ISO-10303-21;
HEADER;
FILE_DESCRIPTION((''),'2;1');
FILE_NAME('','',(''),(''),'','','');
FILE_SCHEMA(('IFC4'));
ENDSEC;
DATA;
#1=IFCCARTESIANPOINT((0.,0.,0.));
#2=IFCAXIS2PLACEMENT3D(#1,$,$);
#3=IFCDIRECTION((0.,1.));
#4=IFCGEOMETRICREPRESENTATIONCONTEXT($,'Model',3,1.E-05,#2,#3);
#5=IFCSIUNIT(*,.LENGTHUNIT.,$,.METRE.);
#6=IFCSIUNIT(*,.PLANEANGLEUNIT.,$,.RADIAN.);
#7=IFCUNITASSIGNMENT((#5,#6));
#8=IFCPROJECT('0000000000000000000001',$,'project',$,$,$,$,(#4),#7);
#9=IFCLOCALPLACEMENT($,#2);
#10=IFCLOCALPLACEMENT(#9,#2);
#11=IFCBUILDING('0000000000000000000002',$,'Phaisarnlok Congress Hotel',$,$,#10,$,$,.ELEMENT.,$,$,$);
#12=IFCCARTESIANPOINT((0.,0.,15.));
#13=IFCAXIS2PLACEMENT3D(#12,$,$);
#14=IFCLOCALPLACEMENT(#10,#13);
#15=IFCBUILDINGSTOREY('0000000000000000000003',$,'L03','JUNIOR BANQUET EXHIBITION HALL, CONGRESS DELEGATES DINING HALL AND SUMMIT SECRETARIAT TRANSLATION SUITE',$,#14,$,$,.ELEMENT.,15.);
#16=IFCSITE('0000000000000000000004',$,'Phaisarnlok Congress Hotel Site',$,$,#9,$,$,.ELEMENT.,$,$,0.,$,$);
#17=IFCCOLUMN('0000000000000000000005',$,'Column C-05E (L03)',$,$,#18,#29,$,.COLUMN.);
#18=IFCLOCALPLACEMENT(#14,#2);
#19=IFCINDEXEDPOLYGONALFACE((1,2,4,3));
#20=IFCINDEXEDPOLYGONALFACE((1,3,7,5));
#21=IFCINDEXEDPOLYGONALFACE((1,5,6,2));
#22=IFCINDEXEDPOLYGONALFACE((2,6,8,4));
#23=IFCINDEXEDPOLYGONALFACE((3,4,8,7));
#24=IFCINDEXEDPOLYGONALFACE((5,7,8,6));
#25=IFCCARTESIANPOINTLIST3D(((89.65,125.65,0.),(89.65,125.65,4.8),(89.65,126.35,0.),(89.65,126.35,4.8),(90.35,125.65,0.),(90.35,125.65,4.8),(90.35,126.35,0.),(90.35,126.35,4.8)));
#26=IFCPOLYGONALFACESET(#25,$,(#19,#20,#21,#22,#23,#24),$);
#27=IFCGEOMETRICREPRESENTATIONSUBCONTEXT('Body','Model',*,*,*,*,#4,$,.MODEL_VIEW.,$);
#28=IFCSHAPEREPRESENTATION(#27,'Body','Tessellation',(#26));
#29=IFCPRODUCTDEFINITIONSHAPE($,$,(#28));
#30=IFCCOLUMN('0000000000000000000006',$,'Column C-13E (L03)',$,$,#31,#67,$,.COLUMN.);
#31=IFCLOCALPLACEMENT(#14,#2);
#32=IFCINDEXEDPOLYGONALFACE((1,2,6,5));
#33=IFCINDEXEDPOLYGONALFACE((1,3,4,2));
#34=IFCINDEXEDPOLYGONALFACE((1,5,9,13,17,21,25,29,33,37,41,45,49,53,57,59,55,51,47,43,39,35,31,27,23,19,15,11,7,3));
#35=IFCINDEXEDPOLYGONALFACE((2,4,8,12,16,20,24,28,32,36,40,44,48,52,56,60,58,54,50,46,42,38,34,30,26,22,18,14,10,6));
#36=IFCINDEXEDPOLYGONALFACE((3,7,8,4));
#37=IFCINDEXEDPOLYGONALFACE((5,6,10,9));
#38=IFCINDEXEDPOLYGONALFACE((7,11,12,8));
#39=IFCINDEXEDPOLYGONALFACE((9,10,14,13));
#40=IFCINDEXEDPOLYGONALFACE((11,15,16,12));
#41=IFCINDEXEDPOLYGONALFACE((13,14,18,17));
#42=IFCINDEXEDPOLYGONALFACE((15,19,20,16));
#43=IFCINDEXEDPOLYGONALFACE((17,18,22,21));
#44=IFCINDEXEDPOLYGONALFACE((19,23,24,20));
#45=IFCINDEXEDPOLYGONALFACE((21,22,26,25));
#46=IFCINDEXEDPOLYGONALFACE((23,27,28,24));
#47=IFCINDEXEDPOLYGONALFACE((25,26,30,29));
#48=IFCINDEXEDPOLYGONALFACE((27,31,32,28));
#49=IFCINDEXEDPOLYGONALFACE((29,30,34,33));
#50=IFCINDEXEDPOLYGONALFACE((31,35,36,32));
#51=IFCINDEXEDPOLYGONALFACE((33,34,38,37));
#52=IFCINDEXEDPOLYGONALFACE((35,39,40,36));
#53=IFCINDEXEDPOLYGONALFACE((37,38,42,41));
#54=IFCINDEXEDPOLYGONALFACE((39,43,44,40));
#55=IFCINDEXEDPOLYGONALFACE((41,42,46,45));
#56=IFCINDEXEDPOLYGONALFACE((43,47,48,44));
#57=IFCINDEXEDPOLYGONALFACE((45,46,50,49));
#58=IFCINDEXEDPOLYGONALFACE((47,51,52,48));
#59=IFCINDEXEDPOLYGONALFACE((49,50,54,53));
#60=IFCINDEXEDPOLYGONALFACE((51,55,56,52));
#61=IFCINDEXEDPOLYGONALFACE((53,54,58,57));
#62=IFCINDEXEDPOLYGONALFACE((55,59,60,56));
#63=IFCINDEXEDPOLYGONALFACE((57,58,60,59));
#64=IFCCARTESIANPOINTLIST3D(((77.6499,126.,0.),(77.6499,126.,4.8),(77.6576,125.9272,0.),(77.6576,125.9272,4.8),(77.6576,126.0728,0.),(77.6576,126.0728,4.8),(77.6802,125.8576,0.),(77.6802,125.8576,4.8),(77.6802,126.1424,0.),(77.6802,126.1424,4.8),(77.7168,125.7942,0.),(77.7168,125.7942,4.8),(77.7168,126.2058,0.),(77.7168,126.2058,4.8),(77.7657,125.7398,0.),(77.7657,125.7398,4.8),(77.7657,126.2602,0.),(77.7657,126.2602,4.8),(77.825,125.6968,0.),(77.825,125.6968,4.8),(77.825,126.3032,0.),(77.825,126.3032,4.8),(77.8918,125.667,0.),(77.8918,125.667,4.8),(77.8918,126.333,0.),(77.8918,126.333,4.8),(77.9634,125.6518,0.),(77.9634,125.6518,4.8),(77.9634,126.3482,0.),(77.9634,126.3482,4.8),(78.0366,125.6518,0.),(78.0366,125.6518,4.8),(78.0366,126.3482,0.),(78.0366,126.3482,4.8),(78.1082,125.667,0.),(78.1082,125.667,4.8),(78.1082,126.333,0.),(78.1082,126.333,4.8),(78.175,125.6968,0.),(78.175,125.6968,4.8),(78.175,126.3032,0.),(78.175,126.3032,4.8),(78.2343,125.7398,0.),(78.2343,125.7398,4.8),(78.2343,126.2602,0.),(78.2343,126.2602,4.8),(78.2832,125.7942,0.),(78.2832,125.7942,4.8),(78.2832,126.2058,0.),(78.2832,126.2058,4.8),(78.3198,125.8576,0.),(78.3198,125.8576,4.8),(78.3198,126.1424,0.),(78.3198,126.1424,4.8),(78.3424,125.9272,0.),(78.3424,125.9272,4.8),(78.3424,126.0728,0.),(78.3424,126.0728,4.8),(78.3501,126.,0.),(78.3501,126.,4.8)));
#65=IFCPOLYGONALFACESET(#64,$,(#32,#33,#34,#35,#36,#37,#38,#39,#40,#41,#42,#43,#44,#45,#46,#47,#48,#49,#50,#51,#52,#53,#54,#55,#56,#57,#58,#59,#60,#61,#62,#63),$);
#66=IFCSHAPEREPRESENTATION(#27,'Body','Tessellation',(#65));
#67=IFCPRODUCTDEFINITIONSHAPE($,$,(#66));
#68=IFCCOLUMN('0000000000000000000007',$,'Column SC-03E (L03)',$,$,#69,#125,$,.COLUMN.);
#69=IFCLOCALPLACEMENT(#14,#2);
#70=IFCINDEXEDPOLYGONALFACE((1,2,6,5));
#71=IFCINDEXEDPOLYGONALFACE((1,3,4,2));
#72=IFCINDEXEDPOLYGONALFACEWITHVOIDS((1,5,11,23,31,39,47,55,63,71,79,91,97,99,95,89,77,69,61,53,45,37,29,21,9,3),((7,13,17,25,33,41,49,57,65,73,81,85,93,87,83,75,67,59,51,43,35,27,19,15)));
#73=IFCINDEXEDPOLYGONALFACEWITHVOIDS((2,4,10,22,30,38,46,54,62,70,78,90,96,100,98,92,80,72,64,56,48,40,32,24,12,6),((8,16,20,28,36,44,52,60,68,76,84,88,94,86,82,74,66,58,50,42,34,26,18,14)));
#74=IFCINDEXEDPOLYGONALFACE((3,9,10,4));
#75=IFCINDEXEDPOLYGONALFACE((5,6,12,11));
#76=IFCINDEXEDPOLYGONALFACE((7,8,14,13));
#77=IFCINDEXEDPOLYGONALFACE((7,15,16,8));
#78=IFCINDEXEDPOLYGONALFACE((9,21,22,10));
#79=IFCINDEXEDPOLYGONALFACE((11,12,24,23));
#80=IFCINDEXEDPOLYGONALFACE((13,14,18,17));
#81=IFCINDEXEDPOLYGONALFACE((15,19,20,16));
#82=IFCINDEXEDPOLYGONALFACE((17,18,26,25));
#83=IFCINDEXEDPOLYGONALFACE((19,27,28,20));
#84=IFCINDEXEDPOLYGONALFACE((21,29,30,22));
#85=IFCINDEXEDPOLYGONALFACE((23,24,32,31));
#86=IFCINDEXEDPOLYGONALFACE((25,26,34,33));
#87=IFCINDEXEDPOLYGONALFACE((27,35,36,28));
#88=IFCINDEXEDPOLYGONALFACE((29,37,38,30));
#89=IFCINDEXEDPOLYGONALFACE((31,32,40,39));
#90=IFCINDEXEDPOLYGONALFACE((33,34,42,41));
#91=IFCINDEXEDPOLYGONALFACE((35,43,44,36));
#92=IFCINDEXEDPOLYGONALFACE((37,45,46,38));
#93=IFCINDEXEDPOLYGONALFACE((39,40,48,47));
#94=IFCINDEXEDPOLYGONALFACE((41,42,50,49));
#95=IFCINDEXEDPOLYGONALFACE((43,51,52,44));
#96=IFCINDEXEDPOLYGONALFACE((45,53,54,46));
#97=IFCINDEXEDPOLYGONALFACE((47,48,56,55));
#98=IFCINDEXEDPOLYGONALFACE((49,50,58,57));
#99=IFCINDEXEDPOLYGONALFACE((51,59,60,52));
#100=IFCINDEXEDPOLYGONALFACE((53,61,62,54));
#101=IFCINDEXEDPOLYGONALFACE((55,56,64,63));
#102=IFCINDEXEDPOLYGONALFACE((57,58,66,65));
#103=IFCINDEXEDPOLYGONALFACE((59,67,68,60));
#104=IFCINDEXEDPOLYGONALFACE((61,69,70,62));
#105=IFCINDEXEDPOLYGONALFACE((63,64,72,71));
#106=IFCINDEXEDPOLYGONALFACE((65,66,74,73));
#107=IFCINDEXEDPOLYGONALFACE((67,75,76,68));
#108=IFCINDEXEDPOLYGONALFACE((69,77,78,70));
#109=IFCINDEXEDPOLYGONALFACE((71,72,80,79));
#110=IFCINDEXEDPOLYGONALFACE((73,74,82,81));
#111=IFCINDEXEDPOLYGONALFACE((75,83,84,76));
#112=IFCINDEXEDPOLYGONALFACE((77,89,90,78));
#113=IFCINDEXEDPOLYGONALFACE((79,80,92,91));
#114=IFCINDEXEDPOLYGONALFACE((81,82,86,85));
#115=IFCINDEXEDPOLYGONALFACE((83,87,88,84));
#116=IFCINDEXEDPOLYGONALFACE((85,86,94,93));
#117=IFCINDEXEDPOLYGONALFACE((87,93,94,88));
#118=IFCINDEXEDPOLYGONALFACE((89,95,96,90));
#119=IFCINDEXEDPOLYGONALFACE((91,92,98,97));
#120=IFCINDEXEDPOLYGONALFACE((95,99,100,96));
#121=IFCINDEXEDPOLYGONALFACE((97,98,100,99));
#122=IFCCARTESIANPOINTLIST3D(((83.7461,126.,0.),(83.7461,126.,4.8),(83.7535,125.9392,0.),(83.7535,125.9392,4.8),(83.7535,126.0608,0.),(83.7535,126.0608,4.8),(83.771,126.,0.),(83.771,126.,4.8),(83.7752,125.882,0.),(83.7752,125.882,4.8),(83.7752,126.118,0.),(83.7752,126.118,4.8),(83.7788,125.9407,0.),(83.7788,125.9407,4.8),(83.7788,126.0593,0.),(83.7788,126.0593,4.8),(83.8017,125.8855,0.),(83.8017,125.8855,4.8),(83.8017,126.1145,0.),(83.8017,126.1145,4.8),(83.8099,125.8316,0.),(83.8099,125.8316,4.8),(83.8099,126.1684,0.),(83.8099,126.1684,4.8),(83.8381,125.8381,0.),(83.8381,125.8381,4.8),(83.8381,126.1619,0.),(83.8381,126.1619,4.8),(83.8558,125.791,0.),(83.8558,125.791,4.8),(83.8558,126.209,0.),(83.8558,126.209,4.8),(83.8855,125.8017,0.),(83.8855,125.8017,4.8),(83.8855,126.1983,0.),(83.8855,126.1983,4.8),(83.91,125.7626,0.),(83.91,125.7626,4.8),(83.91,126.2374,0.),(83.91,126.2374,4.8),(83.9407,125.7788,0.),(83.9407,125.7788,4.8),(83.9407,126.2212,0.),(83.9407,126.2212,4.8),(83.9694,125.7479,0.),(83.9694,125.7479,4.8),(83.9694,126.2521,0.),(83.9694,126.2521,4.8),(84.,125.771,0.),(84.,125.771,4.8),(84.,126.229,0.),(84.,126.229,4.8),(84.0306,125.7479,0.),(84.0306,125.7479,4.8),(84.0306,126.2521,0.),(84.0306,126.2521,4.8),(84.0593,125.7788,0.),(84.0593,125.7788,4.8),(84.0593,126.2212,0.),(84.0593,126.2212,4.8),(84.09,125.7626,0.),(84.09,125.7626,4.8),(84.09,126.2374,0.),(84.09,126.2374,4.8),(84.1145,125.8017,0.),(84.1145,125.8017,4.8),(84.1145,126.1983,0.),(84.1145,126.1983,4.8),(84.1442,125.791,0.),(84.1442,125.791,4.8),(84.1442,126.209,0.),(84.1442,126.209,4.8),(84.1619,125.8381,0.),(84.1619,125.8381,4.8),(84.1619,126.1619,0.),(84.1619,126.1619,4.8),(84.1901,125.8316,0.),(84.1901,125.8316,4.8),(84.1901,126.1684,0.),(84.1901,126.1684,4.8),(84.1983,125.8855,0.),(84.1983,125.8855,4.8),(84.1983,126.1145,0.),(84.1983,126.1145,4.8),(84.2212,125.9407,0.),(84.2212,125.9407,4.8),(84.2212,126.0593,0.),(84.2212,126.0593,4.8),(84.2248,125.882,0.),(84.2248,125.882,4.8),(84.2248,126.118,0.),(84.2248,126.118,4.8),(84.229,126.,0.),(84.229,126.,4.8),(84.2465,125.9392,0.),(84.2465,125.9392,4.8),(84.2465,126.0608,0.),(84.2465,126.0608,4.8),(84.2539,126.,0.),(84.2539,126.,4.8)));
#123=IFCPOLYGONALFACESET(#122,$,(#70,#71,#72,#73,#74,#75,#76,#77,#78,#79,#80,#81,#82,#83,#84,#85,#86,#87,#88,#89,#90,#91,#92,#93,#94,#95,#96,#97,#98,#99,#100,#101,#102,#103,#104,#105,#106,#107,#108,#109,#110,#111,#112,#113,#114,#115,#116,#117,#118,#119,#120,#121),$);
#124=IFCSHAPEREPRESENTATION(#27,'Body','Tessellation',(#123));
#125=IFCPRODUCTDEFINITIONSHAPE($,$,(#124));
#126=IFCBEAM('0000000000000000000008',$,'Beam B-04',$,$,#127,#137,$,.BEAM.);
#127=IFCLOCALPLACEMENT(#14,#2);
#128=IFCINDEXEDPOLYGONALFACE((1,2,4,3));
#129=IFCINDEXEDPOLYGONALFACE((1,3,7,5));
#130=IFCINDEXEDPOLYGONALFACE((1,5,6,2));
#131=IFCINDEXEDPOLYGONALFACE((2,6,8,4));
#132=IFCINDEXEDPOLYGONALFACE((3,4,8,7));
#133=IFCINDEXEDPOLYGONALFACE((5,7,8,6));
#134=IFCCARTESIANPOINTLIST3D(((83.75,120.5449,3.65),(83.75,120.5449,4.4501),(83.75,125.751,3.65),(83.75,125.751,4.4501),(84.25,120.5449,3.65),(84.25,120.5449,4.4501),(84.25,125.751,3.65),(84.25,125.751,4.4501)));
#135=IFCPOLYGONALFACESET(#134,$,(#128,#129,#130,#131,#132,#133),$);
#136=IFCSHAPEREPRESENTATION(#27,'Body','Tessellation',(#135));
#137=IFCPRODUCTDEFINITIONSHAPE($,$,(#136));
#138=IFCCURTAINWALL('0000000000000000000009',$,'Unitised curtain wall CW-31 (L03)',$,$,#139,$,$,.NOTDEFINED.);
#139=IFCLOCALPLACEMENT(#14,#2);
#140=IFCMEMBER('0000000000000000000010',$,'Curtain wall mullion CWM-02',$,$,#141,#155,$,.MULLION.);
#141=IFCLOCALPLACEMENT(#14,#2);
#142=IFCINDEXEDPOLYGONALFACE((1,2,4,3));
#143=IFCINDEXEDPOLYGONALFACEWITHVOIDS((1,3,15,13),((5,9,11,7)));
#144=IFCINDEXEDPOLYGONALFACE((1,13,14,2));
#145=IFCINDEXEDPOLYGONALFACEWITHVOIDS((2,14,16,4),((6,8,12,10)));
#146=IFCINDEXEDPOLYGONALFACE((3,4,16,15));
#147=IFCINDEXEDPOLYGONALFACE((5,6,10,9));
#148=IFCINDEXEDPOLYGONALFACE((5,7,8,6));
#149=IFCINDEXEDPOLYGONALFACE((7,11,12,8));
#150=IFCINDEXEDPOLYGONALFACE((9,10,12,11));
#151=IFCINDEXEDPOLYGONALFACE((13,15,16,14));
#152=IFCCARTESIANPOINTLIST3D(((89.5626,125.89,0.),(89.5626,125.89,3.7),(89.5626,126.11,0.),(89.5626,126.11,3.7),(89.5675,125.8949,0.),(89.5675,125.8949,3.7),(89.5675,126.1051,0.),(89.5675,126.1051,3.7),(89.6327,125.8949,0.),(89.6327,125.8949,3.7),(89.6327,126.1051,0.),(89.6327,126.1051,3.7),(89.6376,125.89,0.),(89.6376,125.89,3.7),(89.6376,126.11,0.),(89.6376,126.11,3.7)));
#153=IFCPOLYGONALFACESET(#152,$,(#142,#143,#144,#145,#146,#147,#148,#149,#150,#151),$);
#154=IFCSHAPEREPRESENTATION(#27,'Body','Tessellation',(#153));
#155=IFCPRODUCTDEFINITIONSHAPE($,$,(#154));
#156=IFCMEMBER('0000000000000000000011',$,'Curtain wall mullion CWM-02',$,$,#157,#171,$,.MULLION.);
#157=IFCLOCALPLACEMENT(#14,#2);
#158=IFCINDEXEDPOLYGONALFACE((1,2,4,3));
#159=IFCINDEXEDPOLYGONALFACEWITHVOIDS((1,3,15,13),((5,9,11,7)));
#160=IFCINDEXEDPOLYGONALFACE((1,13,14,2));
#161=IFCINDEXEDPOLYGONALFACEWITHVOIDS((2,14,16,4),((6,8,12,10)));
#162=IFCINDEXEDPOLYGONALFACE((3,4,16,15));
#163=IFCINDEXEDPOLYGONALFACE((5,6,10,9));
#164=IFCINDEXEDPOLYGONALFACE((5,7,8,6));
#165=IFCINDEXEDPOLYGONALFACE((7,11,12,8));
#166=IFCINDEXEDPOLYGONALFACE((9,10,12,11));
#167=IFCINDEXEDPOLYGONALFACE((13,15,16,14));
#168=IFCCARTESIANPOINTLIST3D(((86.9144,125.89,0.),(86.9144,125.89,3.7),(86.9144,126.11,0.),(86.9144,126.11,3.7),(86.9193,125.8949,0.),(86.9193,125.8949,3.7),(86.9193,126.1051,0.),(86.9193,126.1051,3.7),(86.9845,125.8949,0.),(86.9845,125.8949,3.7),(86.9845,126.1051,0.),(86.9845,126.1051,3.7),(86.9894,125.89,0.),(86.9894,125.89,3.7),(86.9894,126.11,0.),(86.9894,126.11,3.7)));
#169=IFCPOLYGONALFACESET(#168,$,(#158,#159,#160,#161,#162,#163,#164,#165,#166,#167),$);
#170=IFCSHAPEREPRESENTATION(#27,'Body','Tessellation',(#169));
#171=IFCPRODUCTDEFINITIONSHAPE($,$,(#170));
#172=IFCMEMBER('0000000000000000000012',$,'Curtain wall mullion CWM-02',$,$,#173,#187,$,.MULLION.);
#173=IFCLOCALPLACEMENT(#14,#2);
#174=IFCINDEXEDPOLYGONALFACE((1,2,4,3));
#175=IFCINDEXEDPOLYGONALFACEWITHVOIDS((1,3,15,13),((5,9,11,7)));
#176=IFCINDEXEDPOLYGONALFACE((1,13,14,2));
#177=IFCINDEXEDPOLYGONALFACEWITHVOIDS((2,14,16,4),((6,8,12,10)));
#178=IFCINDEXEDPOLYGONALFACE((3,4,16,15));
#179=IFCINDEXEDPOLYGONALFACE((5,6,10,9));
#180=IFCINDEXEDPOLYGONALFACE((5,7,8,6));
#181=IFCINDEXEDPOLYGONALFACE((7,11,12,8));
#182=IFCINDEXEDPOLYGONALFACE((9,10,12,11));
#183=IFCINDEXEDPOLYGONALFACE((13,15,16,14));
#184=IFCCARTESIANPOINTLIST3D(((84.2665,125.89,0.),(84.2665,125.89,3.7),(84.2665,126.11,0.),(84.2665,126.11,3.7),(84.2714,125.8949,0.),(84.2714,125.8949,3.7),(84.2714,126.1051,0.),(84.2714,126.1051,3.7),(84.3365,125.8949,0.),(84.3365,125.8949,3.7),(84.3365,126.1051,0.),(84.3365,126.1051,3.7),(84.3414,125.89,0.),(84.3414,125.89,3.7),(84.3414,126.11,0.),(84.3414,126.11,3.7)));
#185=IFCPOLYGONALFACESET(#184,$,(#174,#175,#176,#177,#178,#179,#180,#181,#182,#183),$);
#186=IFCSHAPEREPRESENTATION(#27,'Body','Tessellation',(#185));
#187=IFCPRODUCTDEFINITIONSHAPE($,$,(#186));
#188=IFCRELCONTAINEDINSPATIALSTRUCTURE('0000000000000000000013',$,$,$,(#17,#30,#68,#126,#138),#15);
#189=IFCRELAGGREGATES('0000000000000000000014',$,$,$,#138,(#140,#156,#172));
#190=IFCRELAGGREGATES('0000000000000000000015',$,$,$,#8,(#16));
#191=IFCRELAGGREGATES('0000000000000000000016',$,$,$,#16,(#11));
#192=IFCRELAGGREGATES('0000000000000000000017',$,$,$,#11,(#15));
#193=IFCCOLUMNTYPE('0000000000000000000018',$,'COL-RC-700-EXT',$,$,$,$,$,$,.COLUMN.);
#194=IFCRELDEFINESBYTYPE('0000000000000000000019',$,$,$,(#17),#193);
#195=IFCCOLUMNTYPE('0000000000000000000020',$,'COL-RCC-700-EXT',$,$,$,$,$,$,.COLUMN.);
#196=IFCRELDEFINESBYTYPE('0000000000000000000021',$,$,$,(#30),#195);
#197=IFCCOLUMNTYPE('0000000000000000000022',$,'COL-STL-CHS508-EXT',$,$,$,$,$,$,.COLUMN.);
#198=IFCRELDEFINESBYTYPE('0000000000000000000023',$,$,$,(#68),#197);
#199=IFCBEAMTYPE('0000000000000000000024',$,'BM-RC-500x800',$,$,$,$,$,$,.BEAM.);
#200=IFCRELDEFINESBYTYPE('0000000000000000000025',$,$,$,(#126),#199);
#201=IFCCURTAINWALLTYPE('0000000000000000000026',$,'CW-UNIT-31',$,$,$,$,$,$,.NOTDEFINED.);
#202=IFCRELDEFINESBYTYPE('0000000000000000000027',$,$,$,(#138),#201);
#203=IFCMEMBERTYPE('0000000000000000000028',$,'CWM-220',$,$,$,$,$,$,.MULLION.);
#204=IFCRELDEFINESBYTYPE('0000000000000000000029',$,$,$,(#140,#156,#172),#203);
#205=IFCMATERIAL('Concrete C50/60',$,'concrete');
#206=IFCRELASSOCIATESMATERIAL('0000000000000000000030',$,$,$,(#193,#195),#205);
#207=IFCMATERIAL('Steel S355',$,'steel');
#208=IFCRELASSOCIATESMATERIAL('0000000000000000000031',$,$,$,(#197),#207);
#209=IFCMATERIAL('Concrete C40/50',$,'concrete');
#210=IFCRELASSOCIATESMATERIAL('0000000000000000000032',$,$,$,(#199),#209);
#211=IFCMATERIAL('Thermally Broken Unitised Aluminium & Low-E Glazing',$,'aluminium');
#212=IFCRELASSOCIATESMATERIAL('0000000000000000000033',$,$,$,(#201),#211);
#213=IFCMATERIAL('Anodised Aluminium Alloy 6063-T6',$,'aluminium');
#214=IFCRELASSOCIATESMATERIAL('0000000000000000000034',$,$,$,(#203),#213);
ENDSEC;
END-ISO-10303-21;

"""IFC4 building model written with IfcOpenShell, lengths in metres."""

from ifc_helpers import new_model, si_unit, direction, frame, origin, origin_2d, place, context, subcontext, project, spatial, rectangle, hollow_rectangle, circle, hollow_circle, extrude, material, material_profile, profile_set, type_object, element, aggregate, save


model = new_model("IFC4")

# Units and contexts
model_context = context("Model", 3, precision=1e-05, world=origin(), true_north=direction((0.0, 1.0)))
body_context = subcontext(model_context, "Body", "Model", "MODEL_VIEW")
ifc_project = project(units=[si_unit("LENGTHUNIT", "METRE"), si_unit("PLANEANGLEUNIT", "RADIAN")], contexts=[model_context])

# Site, building, storey
site_placement = place(None, origin())
site = spatial("IfcSite", under=ifc_project, at=site_placement, Name="Phaisarnlok Congress Hotel Site", CompositionType="ELEMENT", RefElevation=0.0)
building_placement = place(site_placement, origin())
building = spatial("IfcBuilding", under=site, at=building_placement, Name="Phaisarnlok Congress Hotel", CompositionType="ELEMENT")
storey_placement = place(building_placement, frame((0.0, 0.0, 15.0)))
storey = spatial("IfcBuildingStorey", under=building, at=storey_placement, Name="L03", Description="JUNIOR BANQUET EXHIBITION HALL, CONGRESS DELEGATES DINING HALL AND SUMMIT SECRETARIAT TRANSLATION SUITE", CompositionType="ELEMENT", Elevation=15.0)

# Columns
ifc_material_1 = material(Name="Concrete C50/60", Category="concrete")
ifc_material_profile_1 = material_profile(ifc_material_1, rectangle(XDim=0.7, YDim=0.7, at=origin_2d()), Name="RC 700x700")
ifc_profile_set_1 = profile_set([ifc_material_profile_1], Name="Concrete C50/60")
column_type_1 = type_object("IfcColumnType", Name="COL-RC-700-EXT", PredefinedType="COLUMN", material=ifc_profile_set_1)
column_1_placement = place(storey_placement, frame((90.0, 126.0, 0.0), z_axis=(0.0, 0.0, 1.0), x_axis=(1.0, 0.0, 0.0)))
element("IfcColumn", 1, at=column_1_placement, inside=storey, type_object=column_type_1, Name="Column C-05E (L03)", PredefinedType="COLUMN", context=body_context, shape_type="SweptSolid", body=[
    extrude(rectangle(XDim=0.7, YDim=0.7, at=origin_2d()), origin(), (0.0, 0.0, 1.0), 4.8),
])
ifc_material_profile_2 = material_profile(ifc_material_1, circle(Radius=0.3501, at=origin_2d()), Name="RCC D700")
ifc_profile_set_2 = profile_set([ifc_material_profile_2], Name="Concrete C50/60")
column_type_2 = type_object("IfcColumnType", Name="COL-RCC-700-EXT", PredefinedType="COLUMN", material=ifc_profile_set_2)
column_2_placement = place(storey_placement, frame((78.0, 126.0, 0.0), z_axis=(0.0, 0.0, 1.0), x_axis=(1.0, 0.0, 0.0)))
element("IfcColumn", 2, at=column_2_placement, inside=storey, type_object=column_type_2, Name="Column C-13E (L03)", PredefinedType="COLUMN", context=body_context, shape_type="SweptSolid", body=[
    extrude(circle(Radius=0.3501, at=origin_2d()), origin(), (0.0, 0.0, 1.0), 4.8),
])
ifc_material_2 = material(Name="Steel S355", Category="steel")
ifc_material_profile_3 = material_profile(ifc_material_2, hollow_circle(Radius=0.2539, WallThickness=0.0249, at=origin_2d()), Name="CHS 508x25")
ifc_profile_set_3 = profile_set([ifc_material_profile_3], Name="Steel S355")
column_type_3 = type_object("IfcColumnType", Name="COL-STL-CHS508-EXT", PredefinedType="COLUMN", material=ifc_profile_set_3)
column_3_placement = place(storey_placement, frame((84.0, 126.0, 0.0), z_axis=(0.0, 0.0, 1.0), x_axis=(1.0, 0.0, 0.0)))
element("IfcColumn", 3, at=column_3_placement, inside=storey, type_object=column_type_3, Name="Column SC-03E (L03)", PredefinedType="COLUMN", context=body_context, shape_type="SweptSolid", body=[
    extrude(hollow_circle(Radius=0.2539, WallThickness=0.0249, at=origin_2d()), origin(), (0.0, 0.0, 1.0), 4.8),
])

# Beam
ifc_material_3 = material(Name="Concrete C40/50", Category="concrete")
ifc_material_profile_4 = material_profile(ifc_material_3, rectangle(XDim=0.5, YDim=0.8, at=origin_2d()), Name="RC 500x800")
ifc_profile_set_4 = profile_set([ifc_material_profile_4], Name="Concrete C40/50")
beam_type_1 = type_object("IfcBeamType", Name="BM-RC-500x800", PredefinedType="BEAM", material=ifc_profile_set_4)
beam_1_placement = place(storey_placement, frame((84.0, 120.5449, 4.05), z_axis=(0.0, 1.0, 0.0), x_axis=(-1.0, 0.0, 0.0)))
element("IfcBeam", 4, at=beam_1_placement, inside=storey, type_object=beam_type_1, Name="Beam B-04", PredefinedType="BEAM", context=body_context, shape_type="SweptSolid", body=[
    extrude(rectangle(XDim=0.5, YDim=0.8, at=origin_2d()), origin(), (0.0, 0.0, 1.0), 5.2061),
])

# Curtain wall, members
ifc_material_4 = material(Name="Thermally Broken Unitised Aluminium & Low-E Glazing", Category="aluminium")
curtain_wall_type_1 = type_object("IfcCurtainWallType", Name="CW-UNIT-31", PredefinedType="NOTDEFINED", material=ifc_material_4)
curtain_wall_1_placement = place(storey_placement, origin())
curtain_wall_1 = element("IfcCurtainWall", 5, at=curtain_wall_1_placement, inside=storey, type_object=curtain_wall_type_1, Name="Unitised curtain wall CW-31 (L03)", PredefinedType="NOTDEFINED")
ifc_material_5 = material(Name="Anodised Aluminium Alloy 6063-T6", Category="aluminium")
ifc_material_profile_5 = material_profile(ifc_material_5, hollow_rectangle(XDim=0.075, YDim=0.22, WallThickness=0.0049, at=origin_2d()), Name="ALU-M 75x220x5")
ifc_profile_set_5 = profile_set([ifc_material_profile_5], Name="Anodised Aluminium Alloy 6063-T6")
member_type_1 = type_object("IfcMemberType", Name="CWM-220", PredefinedType="MULLION", material=ifc_profile_set_5)
member_1_placement = place(storey_placement, frame((89.6001, 126.0, 0.0), z_axis=(0.0, 0.0, 1.0), x_axis=(-1.0, 0.0, 0.0)))
member_1 = element("IfcMember", 6, at=member_1_placement, type_object=member_type_1, Name="Curtain wall mullion CWM-02", PredefinedType="MULLION", context=body_context, shape_type="SweptSolid", body=[
    extrude(hollow_rectangle(XDim=0.075, YDim=0.22, WallThickness=0.0049, at=origin_2d()), origin(), (0.0, 0.0, 1.0), 3.7),
])
member_2_placement = place(storey_placement, frame((86.9519, 126.0, 0.0), z_axis=(0.0, 0.0, 1.0), x_axis=(-1.0, 0.0, 0.0)))
member_2 = element("IfcMember", 7, at=member_2_placement, type_object=member_type_1, Name="Curtain wall mullion CWM-02", PredefinedType="MULLION", context=body_context, shape_type="SweptSolid", body=[
    extrude(hollow_rectangle(XDim=0.075, YDim=0.22, WallThickness=0.0049, at=origin_2d()), origin(), (0.0, 0.0, 1.0), 3.7),
])
member_3_placement = place(storey_placement, frame((84.304, 126.0, 0.0), z_axis=(0.0, 0.0, 1.0), x_axis=(-1.0, 0.0, 0.0)))
member_3 = element("IfcMember", 8, at=member_3_placement, type_object=member_type_1, Name="Curtain wall mullion CWM-02", PredefinedType="MULLION", context=body_context, shape_type="SweptSolid", body=[
    extrude(hollow_rectangle(XDim=0.075, YDim=0.22, WallThickness=0.0049, at=origin_2d()), origin(), (0.0, 0.0, 1.0), 3.7),
])

aggregate(curtain_wall_1, [member_1, member_2, member_3])

save(model, "model.ifc")
